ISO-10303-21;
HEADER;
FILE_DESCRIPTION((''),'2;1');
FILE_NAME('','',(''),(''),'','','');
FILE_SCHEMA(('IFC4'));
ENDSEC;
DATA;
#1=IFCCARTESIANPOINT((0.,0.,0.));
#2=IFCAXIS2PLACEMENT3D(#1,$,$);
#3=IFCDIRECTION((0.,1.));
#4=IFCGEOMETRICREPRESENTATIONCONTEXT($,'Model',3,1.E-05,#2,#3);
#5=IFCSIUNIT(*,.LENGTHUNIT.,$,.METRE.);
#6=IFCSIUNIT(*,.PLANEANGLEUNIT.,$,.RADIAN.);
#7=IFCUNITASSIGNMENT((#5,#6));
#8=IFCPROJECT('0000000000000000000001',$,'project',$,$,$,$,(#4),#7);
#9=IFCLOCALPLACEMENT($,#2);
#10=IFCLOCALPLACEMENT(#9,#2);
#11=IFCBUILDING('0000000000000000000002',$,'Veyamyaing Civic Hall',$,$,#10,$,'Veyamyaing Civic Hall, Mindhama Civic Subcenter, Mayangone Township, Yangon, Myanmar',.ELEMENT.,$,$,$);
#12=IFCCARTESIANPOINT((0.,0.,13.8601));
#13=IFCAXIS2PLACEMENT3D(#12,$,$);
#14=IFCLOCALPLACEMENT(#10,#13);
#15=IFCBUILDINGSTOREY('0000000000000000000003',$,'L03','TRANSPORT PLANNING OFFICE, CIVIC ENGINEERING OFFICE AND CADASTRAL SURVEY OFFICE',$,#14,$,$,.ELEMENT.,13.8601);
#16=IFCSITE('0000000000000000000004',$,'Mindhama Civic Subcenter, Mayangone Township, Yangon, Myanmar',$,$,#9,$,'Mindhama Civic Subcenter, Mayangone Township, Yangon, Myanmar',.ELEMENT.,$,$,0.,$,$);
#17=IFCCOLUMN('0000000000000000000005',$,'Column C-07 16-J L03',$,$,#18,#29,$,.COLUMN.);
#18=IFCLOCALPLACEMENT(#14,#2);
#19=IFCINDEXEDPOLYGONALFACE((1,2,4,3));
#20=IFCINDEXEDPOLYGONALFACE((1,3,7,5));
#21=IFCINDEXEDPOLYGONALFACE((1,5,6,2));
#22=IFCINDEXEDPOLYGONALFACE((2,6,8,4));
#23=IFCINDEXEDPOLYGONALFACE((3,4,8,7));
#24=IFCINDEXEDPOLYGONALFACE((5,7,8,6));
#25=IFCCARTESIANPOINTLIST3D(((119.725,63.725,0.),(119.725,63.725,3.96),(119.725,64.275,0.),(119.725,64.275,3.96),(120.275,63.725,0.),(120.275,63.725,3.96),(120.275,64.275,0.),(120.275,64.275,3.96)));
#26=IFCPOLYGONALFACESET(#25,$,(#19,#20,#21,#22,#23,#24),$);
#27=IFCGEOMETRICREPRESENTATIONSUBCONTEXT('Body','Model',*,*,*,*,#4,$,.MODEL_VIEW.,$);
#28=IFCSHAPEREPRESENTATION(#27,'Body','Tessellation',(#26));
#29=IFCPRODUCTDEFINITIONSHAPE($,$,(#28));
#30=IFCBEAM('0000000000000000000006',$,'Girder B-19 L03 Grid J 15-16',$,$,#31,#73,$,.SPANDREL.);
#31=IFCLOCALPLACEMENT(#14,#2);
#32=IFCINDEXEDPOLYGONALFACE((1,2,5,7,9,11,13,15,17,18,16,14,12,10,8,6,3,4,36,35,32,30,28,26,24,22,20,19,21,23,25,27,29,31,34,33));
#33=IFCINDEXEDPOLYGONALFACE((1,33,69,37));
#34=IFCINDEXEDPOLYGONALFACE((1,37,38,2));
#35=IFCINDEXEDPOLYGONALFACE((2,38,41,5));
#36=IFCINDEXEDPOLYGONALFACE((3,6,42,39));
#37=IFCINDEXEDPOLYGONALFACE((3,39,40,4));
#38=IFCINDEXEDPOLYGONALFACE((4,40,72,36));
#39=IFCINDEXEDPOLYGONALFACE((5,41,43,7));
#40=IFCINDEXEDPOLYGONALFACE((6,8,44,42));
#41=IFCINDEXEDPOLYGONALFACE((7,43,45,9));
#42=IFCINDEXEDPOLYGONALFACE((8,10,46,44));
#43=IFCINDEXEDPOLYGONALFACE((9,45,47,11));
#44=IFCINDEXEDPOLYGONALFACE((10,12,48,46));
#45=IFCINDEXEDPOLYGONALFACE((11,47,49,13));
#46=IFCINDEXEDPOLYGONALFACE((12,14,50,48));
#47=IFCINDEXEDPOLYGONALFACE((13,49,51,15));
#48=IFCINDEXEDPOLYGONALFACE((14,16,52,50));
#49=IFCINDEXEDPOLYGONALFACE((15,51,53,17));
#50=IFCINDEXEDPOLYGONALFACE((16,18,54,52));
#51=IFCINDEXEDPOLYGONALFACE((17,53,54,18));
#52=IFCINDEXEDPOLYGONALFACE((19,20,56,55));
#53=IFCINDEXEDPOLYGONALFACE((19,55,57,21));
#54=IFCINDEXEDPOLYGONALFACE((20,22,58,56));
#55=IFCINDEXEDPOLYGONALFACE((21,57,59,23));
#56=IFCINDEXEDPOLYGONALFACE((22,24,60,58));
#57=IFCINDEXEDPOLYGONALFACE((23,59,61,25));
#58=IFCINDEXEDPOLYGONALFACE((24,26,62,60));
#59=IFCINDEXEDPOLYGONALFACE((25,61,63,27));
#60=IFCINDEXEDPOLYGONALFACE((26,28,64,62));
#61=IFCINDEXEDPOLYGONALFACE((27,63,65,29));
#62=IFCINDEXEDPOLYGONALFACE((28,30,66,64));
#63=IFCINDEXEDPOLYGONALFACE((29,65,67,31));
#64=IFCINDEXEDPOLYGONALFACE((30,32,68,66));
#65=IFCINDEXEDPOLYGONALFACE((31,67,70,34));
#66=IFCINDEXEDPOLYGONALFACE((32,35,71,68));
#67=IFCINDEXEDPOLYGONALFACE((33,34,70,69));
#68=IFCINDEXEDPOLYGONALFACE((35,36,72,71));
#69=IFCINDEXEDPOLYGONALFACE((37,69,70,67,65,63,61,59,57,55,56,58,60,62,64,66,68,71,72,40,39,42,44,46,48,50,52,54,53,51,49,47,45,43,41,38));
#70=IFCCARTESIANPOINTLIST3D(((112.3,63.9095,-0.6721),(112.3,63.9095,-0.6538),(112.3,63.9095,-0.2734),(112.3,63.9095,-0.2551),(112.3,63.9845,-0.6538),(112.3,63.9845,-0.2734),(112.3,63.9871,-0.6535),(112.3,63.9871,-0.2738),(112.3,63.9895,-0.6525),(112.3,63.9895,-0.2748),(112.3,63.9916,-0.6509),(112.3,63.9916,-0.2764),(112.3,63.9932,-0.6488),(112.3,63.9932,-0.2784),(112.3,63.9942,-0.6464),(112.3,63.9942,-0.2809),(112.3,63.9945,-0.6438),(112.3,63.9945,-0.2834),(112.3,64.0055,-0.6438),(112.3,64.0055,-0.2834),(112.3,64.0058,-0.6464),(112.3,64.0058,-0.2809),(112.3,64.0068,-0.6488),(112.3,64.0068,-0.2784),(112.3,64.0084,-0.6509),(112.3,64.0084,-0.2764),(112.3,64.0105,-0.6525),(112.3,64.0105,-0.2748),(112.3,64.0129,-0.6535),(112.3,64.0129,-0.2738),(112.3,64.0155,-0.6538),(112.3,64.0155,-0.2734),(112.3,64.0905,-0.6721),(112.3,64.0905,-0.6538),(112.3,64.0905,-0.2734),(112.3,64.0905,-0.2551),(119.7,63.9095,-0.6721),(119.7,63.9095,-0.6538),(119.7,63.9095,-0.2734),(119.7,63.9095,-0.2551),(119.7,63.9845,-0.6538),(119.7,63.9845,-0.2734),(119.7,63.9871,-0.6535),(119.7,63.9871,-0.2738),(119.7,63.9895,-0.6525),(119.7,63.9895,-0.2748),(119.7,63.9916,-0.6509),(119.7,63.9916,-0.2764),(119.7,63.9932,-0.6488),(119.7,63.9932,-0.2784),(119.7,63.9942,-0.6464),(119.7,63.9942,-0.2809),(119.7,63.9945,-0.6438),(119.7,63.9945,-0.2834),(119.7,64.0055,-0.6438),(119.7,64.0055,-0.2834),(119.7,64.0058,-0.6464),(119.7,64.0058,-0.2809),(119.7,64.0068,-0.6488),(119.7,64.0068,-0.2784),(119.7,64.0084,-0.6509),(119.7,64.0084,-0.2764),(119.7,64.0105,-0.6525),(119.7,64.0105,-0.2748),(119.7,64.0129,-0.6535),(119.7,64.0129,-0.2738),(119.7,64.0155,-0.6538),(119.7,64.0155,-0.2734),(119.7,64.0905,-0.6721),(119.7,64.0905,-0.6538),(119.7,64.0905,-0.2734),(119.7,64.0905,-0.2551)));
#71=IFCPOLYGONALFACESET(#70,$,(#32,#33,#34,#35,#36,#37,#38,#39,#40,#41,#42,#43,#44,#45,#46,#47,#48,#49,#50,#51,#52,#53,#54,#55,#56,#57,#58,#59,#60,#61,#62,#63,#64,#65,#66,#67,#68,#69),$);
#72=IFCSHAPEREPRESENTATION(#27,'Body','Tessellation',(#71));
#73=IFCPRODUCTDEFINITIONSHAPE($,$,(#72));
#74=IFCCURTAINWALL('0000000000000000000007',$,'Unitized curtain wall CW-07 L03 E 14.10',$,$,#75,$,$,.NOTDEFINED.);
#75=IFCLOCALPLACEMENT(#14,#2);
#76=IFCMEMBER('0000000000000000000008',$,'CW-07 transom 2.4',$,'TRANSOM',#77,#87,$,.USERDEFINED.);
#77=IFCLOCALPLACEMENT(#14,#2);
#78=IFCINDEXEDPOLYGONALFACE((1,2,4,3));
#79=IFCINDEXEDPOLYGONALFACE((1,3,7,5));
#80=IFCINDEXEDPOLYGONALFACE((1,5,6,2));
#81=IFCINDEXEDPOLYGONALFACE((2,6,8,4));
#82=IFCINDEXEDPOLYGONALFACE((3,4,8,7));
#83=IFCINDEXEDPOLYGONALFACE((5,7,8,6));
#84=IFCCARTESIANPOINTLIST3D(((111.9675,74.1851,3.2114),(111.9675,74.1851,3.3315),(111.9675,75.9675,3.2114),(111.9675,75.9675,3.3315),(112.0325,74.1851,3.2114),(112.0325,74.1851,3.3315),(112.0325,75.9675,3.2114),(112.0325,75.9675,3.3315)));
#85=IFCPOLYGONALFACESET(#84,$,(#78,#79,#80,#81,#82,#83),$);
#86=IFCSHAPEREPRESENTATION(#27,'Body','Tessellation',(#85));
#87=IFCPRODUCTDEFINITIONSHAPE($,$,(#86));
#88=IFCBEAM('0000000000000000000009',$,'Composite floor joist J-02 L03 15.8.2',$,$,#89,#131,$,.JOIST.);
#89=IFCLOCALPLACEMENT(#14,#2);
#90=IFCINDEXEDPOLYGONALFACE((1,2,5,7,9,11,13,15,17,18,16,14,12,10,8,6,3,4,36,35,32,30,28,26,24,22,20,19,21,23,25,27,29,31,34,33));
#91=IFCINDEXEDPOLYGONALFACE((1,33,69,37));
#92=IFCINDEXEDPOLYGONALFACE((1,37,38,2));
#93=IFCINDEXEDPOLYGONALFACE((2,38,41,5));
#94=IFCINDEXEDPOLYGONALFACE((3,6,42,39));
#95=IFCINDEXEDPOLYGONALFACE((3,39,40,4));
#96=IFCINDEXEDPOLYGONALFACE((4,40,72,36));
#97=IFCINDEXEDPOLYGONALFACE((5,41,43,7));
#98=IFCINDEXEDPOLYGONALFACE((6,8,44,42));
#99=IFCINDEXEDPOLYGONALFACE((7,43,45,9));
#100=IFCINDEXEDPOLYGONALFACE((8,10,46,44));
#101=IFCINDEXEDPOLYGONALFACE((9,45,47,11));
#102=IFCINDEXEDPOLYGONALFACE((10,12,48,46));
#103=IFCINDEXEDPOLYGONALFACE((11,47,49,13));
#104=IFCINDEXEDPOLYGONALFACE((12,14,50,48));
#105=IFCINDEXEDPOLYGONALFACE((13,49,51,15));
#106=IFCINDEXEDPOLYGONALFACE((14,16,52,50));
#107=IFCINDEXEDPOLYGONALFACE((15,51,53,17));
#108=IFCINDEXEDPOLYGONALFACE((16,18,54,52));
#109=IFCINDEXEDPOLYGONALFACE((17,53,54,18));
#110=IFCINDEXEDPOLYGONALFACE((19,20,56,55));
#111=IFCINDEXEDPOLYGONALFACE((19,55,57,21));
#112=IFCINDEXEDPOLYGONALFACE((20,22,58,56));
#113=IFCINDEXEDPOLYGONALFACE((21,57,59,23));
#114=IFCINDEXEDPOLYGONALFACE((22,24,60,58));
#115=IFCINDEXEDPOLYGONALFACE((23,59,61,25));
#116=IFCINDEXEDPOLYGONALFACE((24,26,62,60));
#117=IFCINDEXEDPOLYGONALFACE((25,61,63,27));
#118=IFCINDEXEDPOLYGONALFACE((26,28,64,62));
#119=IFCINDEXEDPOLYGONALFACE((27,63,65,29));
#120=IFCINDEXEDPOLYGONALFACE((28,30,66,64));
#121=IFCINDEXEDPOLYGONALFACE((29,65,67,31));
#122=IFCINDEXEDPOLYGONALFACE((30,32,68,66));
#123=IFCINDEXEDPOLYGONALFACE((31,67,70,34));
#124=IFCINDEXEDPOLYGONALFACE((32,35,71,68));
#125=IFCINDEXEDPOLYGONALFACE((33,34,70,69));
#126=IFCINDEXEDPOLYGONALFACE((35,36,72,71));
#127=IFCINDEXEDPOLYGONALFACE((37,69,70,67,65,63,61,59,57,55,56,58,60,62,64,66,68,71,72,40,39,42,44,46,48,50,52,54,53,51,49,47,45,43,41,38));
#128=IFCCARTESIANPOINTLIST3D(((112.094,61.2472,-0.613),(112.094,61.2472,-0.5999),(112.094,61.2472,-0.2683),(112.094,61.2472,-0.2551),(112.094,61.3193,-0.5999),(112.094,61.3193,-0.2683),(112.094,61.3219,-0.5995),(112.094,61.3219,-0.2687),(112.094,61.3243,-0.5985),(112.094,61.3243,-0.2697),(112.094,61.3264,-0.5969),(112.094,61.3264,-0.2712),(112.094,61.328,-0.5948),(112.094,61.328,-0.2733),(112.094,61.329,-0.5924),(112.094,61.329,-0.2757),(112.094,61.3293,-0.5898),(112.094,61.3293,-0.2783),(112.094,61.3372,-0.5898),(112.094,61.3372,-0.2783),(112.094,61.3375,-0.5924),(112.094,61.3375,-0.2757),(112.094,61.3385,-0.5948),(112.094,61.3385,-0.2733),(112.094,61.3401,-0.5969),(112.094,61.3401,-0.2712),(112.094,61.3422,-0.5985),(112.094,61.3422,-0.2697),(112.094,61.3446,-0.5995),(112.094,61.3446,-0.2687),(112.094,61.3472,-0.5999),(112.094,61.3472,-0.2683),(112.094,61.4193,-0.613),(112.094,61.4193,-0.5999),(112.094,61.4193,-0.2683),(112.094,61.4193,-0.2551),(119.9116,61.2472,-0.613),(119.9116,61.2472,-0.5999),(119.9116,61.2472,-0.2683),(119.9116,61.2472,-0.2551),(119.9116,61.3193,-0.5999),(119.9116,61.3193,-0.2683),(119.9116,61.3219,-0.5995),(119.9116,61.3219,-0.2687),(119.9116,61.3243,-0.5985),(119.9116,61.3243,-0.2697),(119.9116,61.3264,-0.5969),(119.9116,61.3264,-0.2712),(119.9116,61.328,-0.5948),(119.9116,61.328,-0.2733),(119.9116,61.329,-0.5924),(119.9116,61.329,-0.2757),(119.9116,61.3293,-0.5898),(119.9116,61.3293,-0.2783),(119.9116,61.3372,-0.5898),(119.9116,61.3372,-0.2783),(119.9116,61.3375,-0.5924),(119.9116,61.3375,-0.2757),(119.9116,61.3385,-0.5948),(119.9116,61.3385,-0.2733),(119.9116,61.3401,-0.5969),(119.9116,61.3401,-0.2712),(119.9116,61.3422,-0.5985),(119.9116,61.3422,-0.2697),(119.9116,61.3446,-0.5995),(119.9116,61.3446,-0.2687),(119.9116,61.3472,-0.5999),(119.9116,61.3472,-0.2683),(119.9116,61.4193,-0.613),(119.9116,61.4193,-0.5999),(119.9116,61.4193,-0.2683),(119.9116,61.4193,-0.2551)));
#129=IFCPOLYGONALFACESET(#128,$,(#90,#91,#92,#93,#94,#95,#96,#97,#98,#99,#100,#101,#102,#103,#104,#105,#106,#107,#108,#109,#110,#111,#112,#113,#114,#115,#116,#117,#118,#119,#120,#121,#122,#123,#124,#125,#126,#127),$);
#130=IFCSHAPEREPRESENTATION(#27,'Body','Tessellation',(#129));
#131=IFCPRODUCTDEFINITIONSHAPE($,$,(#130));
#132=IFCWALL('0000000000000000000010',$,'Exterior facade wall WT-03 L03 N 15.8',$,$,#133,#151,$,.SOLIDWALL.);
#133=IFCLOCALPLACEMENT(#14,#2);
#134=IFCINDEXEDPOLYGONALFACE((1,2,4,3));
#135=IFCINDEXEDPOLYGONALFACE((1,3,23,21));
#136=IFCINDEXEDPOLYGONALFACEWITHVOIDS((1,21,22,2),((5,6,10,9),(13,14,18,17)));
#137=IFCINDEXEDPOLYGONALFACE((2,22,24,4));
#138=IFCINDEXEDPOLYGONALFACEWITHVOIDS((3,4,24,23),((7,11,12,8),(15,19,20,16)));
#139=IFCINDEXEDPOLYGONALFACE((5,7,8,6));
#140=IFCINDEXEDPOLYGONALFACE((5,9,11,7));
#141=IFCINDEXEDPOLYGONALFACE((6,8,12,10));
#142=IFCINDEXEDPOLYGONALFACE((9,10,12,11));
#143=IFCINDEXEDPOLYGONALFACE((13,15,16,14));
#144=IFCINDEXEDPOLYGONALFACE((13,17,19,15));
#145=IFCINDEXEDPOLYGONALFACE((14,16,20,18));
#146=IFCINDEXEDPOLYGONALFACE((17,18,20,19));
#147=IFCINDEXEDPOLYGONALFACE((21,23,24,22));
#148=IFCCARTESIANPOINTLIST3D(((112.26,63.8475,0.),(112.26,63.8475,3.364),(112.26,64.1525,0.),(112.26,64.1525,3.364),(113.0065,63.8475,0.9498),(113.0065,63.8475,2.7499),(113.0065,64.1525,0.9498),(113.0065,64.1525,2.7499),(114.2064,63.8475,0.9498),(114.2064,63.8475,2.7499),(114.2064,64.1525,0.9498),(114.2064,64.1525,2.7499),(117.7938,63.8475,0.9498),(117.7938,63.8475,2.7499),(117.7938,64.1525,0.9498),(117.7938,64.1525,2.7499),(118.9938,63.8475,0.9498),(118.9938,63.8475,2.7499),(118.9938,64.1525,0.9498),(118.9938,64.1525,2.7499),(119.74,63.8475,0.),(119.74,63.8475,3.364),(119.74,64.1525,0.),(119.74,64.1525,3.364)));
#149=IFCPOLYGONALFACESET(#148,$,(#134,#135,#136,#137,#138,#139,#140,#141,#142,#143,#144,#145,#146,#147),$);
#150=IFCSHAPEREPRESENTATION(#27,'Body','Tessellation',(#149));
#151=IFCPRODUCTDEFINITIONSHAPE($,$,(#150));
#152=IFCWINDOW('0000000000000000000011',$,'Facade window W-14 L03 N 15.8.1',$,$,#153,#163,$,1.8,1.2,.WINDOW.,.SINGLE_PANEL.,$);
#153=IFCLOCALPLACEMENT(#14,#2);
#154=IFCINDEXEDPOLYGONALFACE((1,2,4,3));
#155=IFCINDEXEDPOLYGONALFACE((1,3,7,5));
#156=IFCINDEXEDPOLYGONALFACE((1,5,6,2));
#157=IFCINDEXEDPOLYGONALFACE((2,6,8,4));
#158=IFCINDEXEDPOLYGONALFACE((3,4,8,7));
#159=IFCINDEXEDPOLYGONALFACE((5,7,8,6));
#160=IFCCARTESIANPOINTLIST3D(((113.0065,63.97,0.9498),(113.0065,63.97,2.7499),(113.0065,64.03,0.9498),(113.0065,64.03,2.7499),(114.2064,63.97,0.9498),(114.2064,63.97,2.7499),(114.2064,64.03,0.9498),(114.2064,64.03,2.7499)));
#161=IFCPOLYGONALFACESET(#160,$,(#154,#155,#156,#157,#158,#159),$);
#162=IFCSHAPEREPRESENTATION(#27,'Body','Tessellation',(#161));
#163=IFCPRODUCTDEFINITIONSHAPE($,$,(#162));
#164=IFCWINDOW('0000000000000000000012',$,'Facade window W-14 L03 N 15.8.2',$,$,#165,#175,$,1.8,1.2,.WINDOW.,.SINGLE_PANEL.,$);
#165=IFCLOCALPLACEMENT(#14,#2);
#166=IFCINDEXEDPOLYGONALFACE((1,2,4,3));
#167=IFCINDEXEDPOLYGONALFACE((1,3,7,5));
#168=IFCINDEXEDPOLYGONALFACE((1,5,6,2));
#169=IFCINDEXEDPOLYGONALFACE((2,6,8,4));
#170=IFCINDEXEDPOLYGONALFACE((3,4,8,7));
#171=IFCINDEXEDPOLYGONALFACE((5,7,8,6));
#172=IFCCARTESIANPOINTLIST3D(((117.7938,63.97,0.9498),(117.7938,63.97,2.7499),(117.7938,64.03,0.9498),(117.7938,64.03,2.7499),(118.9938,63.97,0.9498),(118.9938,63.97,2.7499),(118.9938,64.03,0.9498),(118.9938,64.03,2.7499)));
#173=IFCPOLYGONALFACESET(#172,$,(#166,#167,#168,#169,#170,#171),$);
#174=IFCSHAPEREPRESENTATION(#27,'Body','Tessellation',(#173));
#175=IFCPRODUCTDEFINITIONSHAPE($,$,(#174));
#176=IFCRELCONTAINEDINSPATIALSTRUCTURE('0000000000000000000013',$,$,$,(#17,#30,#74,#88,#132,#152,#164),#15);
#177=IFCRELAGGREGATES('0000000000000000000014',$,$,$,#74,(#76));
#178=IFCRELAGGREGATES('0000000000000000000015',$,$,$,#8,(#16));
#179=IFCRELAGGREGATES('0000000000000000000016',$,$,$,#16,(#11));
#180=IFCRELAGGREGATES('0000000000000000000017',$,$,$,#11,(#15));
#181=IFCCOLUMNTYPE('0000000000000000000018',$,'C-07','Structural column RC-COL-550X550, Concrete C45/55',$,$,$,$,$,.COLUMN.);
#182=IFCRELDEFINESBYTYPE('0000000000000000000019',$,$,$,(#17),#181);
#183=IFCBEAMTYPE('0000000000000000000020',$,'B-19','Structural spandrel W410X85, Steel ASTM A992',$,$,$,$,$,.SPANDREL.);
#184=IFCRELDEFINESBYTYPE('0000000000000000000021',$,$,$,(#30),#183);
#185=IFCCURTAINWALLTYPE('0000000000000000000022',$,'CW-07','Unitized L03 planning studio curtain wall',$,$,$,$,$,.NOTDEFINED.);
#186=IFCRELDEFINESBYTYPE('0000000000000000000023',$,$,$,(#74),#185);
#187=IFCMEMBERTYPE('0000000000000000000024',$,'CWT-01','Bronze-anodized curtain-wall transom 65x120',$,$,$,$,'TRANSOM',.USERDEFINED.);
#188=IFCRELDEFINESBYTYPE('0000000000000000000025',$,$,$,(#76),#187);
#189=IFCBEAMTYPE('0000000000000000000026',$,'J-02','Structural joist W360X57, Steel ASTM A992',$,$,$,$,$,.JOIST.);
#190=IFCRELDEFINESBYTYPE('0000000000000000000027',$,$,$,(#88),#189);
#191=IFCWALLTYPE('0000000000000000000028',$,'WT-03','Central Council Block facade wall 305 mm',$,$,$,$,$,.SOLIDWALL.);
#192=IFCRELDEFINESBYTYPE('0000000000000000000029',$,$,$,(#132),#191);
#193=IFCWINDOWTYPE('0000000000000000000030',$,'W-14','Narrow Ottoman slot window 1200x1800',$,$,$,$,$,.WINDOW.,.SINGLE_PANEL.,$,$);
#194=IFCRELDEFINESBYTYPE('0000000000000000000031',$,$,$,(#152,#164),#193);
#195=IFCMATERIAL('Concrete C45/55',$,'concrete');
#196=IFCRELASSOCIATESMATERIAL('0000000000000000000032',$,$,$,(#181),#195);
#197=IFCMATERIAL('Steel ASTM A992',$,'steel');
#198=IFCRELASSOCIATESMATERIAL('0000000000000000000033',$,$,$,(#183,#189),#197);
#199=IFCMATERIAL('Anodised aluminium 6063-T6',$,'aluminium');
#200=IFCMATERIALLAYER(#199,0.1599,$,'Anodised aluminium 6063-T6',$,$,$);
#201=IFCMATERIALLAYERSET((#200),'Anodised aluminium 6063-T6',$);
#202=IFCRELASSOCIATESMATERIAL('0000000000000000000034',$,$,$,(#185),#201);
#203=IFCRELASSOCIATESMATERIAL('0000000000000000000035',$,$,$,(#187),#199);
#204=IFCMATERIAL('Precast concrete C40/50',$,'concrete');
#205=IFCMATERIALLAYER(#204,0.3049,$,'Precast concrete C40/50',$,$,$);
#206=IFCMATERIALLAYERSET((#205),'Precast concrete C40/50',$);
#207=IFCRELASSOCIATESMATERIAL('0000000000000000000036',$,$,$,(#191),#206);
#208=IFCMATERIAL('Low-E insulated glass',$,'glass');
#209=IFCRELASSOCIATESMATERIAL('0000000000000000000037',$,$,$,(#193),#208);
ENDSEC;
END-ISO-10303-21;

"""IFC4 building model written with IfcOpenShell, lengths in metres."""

from ifc_helpers import new_model, si_unit, direction, frame, frame_2d, origin, origin_2d, place, context, subcontext, project, spatial, rectangle, i_section, extrude, material, layer, layer_set, material_profile, profile_set, type_object, element, fill, aggregate, save


model = new_model("IFC4")

# Units and contexts
model_context = context("Model", 3, precision=1e-05, world=origin(), true_north=direction((0.0, 1.0)))
body_context = subcontext(model_context, "Body", "Model", "MODEL_VIEW")
ifc_project = project(units=[si_unit("LENGTHUNIT", "METRE"), si_unit("PLANEANGLEUNIT", "RADIAN")], contexts=[model_context])

# Site, building, storey
site_placement = place(None, origin())
site = spatial("IfcSite", under=ifc_project, at=site_placement, Name="Mindhama Civic Subcenter, Mayangone Township, Yangon, Myanmar", LongName="Mindhama Civic Subcenter, Mayangone Township, Yangon, Myanmar", CompositionType="ELEMENT", RefElevation=0.0)
building_placement = place(site_placement, origin())
building = spatial("IfcBuilding", under=site, at=building_placement, Name="Veyamyaing Civic Hall", LongName="Veyamyaing Civic Hall, Mindhama Civic Subcenter, Mayangone Township, Yangon, Myanmar", CompositionType="ELEMENT")
storey_placement = place(building_placement, frame((0.0, 0.0, 13.8601)))
storey = spatial("IfcBuildingStorey", under=building, at=storey_placement, Name="L03", Description="TRANSPORT PLANNING OFFICE, CIVIC ENGINEERING OFFICE AND CADASTRAL SURVEY OFFICE", CompositionType="ELEMENT", Elevation=13.8601)

# Column
ifc_material_1 = material(Name="Concrete C45/55", Category="concrete")
ifc_material_profile_1 = material_profile(ifc_material_1, rectangle(XDim=0.55, YDim=0.55, at=origin_2d()), Name="RC-COL-550X550")
ifc_profile_set_1 = profile_set([ifc_material_profile_1], Name="Concrete C45/55")
column_type = type_object("IfcColumnType", Name="C-07", Description="Structural column RC-COL-550X550, Concrete C45/55", PredefinedType="COLUMN", material=ifc_profile_set_1)
column_placement = place(storey_placement, frame((120.0, 64.0, 0.0), z_axis=(0.0, 0.0, 1.0), x_axis=(1.0, 0.0, 0.0)))
element("IfcColumn", 1, at=column_placement, inside=storey, type_object=column_type, Name="Column C-07 16-J L03", PredefinedType="COLUMN", context=body_context, shape_type="SweptSolid", body=[
    extrude(rectangle(XDim=0.55, YDim=0.55, at=origin_2d()), origin(), (0.0, 0.0, 1.0), 3.96),
])

# Beam
ifc_material_2 = material(Name="Steel ASTM A992", Category="steel")
ifc_material_profile_2 = material_profile(ifc_material_2, i_section(OverallWidth=0.1809, OverallDepth=0.417, WebThickness=0.011, FlangeThickness=0.0183, FilletRadius=0.01, at=origin_2d()), Name="W410X85")
ifc_profile_set_2 = profile_set([ifc_material_profile_2], Name="Steel ASTM A992")
beam_type_1 = type_object("IfcBeamType", Name="B-19", Description="Structural spandrel W410X85, Steel ASTM A992", PredefinedType="SPANDREL", material=ifc_profile_set_2)
beam_1_placement = place(storey_placement, frame((112.3, 64.0, -0.4636), z_axis=(1.0, 0.0, 0.0), x_axis=(0.0, 1.0, 0.0)))
element("IfcBeam", 2, at=beam_1_placement, inside=storey, type_object=beam_type_1, Name="Girder B-19 L03 Grid J 15-16", PredefinedType="SPANDREL", context=body_context, shape_type="SweptSolid", body=[
    extrude(i_section(OverallWidth=0.1809, OverallDepth=0.417, WebThickness=0.011, FlangeThickness=0.0183, FilletRadius=0.01, at=origin_2d()), origin(), (0.0, 0.0, 1.0), 7.3999),
])

# Curtain wall, member
ifc_material_3 = material(Name="Anodised aluminium 6063-T6", Category="aluminium")
ifc_layer_1 = layer(ifc_material_3, 0.1599, Name="Anodised aluminium 6063-T6")
ifc_layer_set_1 = layer_set([ifc_layer_1], Name="Anodised aluminium 6063-T6")
curtain_wall_type = type_object("IfcCurtainWallType", Name="CW-07", Description="Unitized L03 planning studio curtain wall", PredefinedType="NOTDEFINED", material=ifc_layer_set_1)
curtain_wall_placement = place(storey_placement, origin())
curtain_wall = element("IfcCurtainWall", 3, at=curtain_wall_placement, inside=storey, type_object=curtain_wall_type, Name="Unitized curtain wall CW-07 L03 E 14.10", PredefinedType="NOTDEFINED")
ifc_material_profile_3 = material_profile(ifc_material_3, rectangle(XDim=0.0649, YDim=0.1201, at=origin_2d()), Name="ALU-TRN-65X120")
ifc_profile_set_3 = profile_set([ifc_material_profile_3], Name="Anodised aluminium 6063-T6")
member_type = type_object("IfcMemberType", Name="CWT-01", Description="Bronze-anodized curtain-wall transom 65x120", ElementType="TRANSOM", PredefinedType="USERDEFINED", material=ifc_profile_set_3)
member_placement = place(storey_placement, frame((112.0, 74.1851, 3.2715), z_axis=(0.0, 1.0, 0.0), x_axis=(-1.0, 0.0, 0.0)))
member = element("IfcMember", 4, at=member_placement, type_object=member_type, Name="CW-07 transom 2.4", ObjectType="TRANSOM", PredefinedType="USERDEFINED", context=body_context, shape_type="SweptSolid", body=[
    extrude(rectangle(XDim=0.0649, YDim=0.1201, at=origin_2d()), origin(), (0.0, 0.0, 1.0), 1.7825),
])
aggregate(curtain_wall, [member])

# Beam
ifc_material_profile_4 = material_profile(ifc_material_2, i_section(OverallWidth=0.1721, OverallDepth=0.3579, WebThickness=0.0078, FlangeThickness=0.0132, FilletRadius=0.01, at=origin_2d()), Name="W360X57")
ifc_profile_set_4 = profile_set([ifc_material_profile_4], Name="Steel ASTM A992")
beam_type_2 = type_object("IfcBeamType", Name="J-02", Description="Structural joist W360X57, Steel ASTM A992", PredefinedType="JOIST", material=ifc_profile_set_4)
beam_2_placement = place(storey_placement, frame((112.094, 61.3333, -0.4341), z_axis=(1.0, 0.0, 0.0), x_axis=(0.0, 1.0, 0.0)))
element("IfcBeam", 5, at=beam_2_placement, inside=storey, type_object=beam_type_2, Name="Composite floor joist J-02 L03 15.8.2", PredefinedType="JOIST", context=body_context, shape_type="SweptSolid", body=[
    extrude(i_section(OverallWidth=0.1721, OverallDepth=0.3579, WebThickness=0.0078, FlangeThickness=0.0132, FilletRadius=0.01, at=origin_2d()), origin(), (0.0, 0.0, 1.0), 7.8176),
])

# Wall, openings, windows
ifc_material_4 = material(Name="Precast concrete C40/50", Category="concrete")
ifc_layer_2 = layer(ifc_material_4, 0.3049, Name="Precast concrete C40/50")
ifc_layer_set_2 = layer_set([ifc_layer_2], Name="Precast concrete C40/50")
wall_type = type_object("IfcWallType", Name="WT-03", Description="Central Council Block facade wall 305 mm", PredefinedType="SOLIDWALL", material=ifc_layer_set_2)
wall_placement = place(storey_placement, frame((112.26, 64.0, 0.0), z_axis=(0.0, 0.0, 1.0), x_axis=(1.0, 0.0, 0.0)))
wall = element("IfcWall", 6, at=wall_placement, inside=storey, type_object=wall_type, Name="Exterior facade wall WT-03 L03 N 15.8", PredefinedType="SOLIDWALL", context=body_context, shape_type="SweptSolid", body=[
    extrude(rectangle(XDim=7.48, YDim=0.3049, at=frame_2d((3.74, 0.0))), origin(), (0.0, 0.0, 1.0), 3.364),
])
opening_1_placement = place(wall_placement, frame((0.7463, 0.0, 0.95)))
opening_1 = element("IfcOpeningElement", 7, at=opening_1_placement, cuts=wall, PredefinedType="OPENING", context=body_context, shape_type="SweptSolid", body=[
    extrude(rectangle(XDim=1.2, YDim=1.8, at=frame_2d((0.6001, 0.8999))), frame((0.0, 0.1624, 0.0), z_axis=(0.0, -1.0, 0.0), x_axis=(1.0, 0.0, 0.0)), (0.0, 0.0, 1.0), 0.325),
])
opening_2_placement = place(wall_placement, frame((5.5337, 0.0, 0.95)))
opening_2 = element("IfcOpeningElement", 8, at=opening_2_placement, cuts=wall, PredefinedType="OPENING", context=body_context, shape_type="SweptSolid", body=[
    extrude(rectangle(XDim=1.2, YDim=1.8, at=frame_2d((0.6001, 0.8999))), frame((0.0, 0.1624, 0.0), z_axis=(0.0, -1.0, 0.0), x_axis=(1.0, 0.0, 0.0)), (0.0, 0.0, 1.0), 0.325),
])
ifc_material_5 = material(Name="Low-E insulated glass", Category="glass")
window_type = type_object("IfcWindowType", Name="W-14", Description="Narrow Ottoman slot window 1200x1800", PartitioningType="SINGLE_PANEL", PredefinedType="WINDOW", material=ifc_material_5)
window_1_placement = place(opening_1_placement, origin())
window_1 = element("IfcWindow", 9, at=window_1_placement, inside=storey, type_object=window_type, Name="Facade window W-14 L03 N 15.8.1", OverallHeight=1.8, OverallWidth=1.2, PartitioningType="SINGLE_PANEL", PredefinedType="WINDOW", context=body_context, shape_type="SweptSolid", body=[
    extrude(rectangle(XDim=1.2, YDim=1.8, at=frame_2d((0.6001, 0.8999))), frame((0.0, 0.03, 0.0), z_axis=(0.0, -1.0, 0.0), x_axis=(1.0, 0.0, 0.0)), (0.0, 0.0, 1.0), 0.0601),
])
fill(opening_1, window_1)
window_2_placement = place(opening_2_placement, origin())
window_2 = element("IfcWindow", 10, at=window_2_placement, inside=storey, type_object=window_type, Name="Facade window W-14 L03 N 15.8.2", OverallHeight=1.8, OverallWidth=1.2, PartitioningType="SINGLE_PANEL", PredefinedType="WINDOW", context=body_context, shape_type="SweptSolid", body=[
    extrude(rectangle(XDim=1.2, YDim=1.8, at=frame_2d((0.6001, 0.8999))), frame((0.0, 0.03, 0.0), z_axis=(0.0, -1.0, 0.0), x_axis=(1.0, 0.0, 0.0)), (0.0, 0.0, 1.0), 0.0601),
])
fill(opening_2, window_2)

save(model, "model.ifc")
